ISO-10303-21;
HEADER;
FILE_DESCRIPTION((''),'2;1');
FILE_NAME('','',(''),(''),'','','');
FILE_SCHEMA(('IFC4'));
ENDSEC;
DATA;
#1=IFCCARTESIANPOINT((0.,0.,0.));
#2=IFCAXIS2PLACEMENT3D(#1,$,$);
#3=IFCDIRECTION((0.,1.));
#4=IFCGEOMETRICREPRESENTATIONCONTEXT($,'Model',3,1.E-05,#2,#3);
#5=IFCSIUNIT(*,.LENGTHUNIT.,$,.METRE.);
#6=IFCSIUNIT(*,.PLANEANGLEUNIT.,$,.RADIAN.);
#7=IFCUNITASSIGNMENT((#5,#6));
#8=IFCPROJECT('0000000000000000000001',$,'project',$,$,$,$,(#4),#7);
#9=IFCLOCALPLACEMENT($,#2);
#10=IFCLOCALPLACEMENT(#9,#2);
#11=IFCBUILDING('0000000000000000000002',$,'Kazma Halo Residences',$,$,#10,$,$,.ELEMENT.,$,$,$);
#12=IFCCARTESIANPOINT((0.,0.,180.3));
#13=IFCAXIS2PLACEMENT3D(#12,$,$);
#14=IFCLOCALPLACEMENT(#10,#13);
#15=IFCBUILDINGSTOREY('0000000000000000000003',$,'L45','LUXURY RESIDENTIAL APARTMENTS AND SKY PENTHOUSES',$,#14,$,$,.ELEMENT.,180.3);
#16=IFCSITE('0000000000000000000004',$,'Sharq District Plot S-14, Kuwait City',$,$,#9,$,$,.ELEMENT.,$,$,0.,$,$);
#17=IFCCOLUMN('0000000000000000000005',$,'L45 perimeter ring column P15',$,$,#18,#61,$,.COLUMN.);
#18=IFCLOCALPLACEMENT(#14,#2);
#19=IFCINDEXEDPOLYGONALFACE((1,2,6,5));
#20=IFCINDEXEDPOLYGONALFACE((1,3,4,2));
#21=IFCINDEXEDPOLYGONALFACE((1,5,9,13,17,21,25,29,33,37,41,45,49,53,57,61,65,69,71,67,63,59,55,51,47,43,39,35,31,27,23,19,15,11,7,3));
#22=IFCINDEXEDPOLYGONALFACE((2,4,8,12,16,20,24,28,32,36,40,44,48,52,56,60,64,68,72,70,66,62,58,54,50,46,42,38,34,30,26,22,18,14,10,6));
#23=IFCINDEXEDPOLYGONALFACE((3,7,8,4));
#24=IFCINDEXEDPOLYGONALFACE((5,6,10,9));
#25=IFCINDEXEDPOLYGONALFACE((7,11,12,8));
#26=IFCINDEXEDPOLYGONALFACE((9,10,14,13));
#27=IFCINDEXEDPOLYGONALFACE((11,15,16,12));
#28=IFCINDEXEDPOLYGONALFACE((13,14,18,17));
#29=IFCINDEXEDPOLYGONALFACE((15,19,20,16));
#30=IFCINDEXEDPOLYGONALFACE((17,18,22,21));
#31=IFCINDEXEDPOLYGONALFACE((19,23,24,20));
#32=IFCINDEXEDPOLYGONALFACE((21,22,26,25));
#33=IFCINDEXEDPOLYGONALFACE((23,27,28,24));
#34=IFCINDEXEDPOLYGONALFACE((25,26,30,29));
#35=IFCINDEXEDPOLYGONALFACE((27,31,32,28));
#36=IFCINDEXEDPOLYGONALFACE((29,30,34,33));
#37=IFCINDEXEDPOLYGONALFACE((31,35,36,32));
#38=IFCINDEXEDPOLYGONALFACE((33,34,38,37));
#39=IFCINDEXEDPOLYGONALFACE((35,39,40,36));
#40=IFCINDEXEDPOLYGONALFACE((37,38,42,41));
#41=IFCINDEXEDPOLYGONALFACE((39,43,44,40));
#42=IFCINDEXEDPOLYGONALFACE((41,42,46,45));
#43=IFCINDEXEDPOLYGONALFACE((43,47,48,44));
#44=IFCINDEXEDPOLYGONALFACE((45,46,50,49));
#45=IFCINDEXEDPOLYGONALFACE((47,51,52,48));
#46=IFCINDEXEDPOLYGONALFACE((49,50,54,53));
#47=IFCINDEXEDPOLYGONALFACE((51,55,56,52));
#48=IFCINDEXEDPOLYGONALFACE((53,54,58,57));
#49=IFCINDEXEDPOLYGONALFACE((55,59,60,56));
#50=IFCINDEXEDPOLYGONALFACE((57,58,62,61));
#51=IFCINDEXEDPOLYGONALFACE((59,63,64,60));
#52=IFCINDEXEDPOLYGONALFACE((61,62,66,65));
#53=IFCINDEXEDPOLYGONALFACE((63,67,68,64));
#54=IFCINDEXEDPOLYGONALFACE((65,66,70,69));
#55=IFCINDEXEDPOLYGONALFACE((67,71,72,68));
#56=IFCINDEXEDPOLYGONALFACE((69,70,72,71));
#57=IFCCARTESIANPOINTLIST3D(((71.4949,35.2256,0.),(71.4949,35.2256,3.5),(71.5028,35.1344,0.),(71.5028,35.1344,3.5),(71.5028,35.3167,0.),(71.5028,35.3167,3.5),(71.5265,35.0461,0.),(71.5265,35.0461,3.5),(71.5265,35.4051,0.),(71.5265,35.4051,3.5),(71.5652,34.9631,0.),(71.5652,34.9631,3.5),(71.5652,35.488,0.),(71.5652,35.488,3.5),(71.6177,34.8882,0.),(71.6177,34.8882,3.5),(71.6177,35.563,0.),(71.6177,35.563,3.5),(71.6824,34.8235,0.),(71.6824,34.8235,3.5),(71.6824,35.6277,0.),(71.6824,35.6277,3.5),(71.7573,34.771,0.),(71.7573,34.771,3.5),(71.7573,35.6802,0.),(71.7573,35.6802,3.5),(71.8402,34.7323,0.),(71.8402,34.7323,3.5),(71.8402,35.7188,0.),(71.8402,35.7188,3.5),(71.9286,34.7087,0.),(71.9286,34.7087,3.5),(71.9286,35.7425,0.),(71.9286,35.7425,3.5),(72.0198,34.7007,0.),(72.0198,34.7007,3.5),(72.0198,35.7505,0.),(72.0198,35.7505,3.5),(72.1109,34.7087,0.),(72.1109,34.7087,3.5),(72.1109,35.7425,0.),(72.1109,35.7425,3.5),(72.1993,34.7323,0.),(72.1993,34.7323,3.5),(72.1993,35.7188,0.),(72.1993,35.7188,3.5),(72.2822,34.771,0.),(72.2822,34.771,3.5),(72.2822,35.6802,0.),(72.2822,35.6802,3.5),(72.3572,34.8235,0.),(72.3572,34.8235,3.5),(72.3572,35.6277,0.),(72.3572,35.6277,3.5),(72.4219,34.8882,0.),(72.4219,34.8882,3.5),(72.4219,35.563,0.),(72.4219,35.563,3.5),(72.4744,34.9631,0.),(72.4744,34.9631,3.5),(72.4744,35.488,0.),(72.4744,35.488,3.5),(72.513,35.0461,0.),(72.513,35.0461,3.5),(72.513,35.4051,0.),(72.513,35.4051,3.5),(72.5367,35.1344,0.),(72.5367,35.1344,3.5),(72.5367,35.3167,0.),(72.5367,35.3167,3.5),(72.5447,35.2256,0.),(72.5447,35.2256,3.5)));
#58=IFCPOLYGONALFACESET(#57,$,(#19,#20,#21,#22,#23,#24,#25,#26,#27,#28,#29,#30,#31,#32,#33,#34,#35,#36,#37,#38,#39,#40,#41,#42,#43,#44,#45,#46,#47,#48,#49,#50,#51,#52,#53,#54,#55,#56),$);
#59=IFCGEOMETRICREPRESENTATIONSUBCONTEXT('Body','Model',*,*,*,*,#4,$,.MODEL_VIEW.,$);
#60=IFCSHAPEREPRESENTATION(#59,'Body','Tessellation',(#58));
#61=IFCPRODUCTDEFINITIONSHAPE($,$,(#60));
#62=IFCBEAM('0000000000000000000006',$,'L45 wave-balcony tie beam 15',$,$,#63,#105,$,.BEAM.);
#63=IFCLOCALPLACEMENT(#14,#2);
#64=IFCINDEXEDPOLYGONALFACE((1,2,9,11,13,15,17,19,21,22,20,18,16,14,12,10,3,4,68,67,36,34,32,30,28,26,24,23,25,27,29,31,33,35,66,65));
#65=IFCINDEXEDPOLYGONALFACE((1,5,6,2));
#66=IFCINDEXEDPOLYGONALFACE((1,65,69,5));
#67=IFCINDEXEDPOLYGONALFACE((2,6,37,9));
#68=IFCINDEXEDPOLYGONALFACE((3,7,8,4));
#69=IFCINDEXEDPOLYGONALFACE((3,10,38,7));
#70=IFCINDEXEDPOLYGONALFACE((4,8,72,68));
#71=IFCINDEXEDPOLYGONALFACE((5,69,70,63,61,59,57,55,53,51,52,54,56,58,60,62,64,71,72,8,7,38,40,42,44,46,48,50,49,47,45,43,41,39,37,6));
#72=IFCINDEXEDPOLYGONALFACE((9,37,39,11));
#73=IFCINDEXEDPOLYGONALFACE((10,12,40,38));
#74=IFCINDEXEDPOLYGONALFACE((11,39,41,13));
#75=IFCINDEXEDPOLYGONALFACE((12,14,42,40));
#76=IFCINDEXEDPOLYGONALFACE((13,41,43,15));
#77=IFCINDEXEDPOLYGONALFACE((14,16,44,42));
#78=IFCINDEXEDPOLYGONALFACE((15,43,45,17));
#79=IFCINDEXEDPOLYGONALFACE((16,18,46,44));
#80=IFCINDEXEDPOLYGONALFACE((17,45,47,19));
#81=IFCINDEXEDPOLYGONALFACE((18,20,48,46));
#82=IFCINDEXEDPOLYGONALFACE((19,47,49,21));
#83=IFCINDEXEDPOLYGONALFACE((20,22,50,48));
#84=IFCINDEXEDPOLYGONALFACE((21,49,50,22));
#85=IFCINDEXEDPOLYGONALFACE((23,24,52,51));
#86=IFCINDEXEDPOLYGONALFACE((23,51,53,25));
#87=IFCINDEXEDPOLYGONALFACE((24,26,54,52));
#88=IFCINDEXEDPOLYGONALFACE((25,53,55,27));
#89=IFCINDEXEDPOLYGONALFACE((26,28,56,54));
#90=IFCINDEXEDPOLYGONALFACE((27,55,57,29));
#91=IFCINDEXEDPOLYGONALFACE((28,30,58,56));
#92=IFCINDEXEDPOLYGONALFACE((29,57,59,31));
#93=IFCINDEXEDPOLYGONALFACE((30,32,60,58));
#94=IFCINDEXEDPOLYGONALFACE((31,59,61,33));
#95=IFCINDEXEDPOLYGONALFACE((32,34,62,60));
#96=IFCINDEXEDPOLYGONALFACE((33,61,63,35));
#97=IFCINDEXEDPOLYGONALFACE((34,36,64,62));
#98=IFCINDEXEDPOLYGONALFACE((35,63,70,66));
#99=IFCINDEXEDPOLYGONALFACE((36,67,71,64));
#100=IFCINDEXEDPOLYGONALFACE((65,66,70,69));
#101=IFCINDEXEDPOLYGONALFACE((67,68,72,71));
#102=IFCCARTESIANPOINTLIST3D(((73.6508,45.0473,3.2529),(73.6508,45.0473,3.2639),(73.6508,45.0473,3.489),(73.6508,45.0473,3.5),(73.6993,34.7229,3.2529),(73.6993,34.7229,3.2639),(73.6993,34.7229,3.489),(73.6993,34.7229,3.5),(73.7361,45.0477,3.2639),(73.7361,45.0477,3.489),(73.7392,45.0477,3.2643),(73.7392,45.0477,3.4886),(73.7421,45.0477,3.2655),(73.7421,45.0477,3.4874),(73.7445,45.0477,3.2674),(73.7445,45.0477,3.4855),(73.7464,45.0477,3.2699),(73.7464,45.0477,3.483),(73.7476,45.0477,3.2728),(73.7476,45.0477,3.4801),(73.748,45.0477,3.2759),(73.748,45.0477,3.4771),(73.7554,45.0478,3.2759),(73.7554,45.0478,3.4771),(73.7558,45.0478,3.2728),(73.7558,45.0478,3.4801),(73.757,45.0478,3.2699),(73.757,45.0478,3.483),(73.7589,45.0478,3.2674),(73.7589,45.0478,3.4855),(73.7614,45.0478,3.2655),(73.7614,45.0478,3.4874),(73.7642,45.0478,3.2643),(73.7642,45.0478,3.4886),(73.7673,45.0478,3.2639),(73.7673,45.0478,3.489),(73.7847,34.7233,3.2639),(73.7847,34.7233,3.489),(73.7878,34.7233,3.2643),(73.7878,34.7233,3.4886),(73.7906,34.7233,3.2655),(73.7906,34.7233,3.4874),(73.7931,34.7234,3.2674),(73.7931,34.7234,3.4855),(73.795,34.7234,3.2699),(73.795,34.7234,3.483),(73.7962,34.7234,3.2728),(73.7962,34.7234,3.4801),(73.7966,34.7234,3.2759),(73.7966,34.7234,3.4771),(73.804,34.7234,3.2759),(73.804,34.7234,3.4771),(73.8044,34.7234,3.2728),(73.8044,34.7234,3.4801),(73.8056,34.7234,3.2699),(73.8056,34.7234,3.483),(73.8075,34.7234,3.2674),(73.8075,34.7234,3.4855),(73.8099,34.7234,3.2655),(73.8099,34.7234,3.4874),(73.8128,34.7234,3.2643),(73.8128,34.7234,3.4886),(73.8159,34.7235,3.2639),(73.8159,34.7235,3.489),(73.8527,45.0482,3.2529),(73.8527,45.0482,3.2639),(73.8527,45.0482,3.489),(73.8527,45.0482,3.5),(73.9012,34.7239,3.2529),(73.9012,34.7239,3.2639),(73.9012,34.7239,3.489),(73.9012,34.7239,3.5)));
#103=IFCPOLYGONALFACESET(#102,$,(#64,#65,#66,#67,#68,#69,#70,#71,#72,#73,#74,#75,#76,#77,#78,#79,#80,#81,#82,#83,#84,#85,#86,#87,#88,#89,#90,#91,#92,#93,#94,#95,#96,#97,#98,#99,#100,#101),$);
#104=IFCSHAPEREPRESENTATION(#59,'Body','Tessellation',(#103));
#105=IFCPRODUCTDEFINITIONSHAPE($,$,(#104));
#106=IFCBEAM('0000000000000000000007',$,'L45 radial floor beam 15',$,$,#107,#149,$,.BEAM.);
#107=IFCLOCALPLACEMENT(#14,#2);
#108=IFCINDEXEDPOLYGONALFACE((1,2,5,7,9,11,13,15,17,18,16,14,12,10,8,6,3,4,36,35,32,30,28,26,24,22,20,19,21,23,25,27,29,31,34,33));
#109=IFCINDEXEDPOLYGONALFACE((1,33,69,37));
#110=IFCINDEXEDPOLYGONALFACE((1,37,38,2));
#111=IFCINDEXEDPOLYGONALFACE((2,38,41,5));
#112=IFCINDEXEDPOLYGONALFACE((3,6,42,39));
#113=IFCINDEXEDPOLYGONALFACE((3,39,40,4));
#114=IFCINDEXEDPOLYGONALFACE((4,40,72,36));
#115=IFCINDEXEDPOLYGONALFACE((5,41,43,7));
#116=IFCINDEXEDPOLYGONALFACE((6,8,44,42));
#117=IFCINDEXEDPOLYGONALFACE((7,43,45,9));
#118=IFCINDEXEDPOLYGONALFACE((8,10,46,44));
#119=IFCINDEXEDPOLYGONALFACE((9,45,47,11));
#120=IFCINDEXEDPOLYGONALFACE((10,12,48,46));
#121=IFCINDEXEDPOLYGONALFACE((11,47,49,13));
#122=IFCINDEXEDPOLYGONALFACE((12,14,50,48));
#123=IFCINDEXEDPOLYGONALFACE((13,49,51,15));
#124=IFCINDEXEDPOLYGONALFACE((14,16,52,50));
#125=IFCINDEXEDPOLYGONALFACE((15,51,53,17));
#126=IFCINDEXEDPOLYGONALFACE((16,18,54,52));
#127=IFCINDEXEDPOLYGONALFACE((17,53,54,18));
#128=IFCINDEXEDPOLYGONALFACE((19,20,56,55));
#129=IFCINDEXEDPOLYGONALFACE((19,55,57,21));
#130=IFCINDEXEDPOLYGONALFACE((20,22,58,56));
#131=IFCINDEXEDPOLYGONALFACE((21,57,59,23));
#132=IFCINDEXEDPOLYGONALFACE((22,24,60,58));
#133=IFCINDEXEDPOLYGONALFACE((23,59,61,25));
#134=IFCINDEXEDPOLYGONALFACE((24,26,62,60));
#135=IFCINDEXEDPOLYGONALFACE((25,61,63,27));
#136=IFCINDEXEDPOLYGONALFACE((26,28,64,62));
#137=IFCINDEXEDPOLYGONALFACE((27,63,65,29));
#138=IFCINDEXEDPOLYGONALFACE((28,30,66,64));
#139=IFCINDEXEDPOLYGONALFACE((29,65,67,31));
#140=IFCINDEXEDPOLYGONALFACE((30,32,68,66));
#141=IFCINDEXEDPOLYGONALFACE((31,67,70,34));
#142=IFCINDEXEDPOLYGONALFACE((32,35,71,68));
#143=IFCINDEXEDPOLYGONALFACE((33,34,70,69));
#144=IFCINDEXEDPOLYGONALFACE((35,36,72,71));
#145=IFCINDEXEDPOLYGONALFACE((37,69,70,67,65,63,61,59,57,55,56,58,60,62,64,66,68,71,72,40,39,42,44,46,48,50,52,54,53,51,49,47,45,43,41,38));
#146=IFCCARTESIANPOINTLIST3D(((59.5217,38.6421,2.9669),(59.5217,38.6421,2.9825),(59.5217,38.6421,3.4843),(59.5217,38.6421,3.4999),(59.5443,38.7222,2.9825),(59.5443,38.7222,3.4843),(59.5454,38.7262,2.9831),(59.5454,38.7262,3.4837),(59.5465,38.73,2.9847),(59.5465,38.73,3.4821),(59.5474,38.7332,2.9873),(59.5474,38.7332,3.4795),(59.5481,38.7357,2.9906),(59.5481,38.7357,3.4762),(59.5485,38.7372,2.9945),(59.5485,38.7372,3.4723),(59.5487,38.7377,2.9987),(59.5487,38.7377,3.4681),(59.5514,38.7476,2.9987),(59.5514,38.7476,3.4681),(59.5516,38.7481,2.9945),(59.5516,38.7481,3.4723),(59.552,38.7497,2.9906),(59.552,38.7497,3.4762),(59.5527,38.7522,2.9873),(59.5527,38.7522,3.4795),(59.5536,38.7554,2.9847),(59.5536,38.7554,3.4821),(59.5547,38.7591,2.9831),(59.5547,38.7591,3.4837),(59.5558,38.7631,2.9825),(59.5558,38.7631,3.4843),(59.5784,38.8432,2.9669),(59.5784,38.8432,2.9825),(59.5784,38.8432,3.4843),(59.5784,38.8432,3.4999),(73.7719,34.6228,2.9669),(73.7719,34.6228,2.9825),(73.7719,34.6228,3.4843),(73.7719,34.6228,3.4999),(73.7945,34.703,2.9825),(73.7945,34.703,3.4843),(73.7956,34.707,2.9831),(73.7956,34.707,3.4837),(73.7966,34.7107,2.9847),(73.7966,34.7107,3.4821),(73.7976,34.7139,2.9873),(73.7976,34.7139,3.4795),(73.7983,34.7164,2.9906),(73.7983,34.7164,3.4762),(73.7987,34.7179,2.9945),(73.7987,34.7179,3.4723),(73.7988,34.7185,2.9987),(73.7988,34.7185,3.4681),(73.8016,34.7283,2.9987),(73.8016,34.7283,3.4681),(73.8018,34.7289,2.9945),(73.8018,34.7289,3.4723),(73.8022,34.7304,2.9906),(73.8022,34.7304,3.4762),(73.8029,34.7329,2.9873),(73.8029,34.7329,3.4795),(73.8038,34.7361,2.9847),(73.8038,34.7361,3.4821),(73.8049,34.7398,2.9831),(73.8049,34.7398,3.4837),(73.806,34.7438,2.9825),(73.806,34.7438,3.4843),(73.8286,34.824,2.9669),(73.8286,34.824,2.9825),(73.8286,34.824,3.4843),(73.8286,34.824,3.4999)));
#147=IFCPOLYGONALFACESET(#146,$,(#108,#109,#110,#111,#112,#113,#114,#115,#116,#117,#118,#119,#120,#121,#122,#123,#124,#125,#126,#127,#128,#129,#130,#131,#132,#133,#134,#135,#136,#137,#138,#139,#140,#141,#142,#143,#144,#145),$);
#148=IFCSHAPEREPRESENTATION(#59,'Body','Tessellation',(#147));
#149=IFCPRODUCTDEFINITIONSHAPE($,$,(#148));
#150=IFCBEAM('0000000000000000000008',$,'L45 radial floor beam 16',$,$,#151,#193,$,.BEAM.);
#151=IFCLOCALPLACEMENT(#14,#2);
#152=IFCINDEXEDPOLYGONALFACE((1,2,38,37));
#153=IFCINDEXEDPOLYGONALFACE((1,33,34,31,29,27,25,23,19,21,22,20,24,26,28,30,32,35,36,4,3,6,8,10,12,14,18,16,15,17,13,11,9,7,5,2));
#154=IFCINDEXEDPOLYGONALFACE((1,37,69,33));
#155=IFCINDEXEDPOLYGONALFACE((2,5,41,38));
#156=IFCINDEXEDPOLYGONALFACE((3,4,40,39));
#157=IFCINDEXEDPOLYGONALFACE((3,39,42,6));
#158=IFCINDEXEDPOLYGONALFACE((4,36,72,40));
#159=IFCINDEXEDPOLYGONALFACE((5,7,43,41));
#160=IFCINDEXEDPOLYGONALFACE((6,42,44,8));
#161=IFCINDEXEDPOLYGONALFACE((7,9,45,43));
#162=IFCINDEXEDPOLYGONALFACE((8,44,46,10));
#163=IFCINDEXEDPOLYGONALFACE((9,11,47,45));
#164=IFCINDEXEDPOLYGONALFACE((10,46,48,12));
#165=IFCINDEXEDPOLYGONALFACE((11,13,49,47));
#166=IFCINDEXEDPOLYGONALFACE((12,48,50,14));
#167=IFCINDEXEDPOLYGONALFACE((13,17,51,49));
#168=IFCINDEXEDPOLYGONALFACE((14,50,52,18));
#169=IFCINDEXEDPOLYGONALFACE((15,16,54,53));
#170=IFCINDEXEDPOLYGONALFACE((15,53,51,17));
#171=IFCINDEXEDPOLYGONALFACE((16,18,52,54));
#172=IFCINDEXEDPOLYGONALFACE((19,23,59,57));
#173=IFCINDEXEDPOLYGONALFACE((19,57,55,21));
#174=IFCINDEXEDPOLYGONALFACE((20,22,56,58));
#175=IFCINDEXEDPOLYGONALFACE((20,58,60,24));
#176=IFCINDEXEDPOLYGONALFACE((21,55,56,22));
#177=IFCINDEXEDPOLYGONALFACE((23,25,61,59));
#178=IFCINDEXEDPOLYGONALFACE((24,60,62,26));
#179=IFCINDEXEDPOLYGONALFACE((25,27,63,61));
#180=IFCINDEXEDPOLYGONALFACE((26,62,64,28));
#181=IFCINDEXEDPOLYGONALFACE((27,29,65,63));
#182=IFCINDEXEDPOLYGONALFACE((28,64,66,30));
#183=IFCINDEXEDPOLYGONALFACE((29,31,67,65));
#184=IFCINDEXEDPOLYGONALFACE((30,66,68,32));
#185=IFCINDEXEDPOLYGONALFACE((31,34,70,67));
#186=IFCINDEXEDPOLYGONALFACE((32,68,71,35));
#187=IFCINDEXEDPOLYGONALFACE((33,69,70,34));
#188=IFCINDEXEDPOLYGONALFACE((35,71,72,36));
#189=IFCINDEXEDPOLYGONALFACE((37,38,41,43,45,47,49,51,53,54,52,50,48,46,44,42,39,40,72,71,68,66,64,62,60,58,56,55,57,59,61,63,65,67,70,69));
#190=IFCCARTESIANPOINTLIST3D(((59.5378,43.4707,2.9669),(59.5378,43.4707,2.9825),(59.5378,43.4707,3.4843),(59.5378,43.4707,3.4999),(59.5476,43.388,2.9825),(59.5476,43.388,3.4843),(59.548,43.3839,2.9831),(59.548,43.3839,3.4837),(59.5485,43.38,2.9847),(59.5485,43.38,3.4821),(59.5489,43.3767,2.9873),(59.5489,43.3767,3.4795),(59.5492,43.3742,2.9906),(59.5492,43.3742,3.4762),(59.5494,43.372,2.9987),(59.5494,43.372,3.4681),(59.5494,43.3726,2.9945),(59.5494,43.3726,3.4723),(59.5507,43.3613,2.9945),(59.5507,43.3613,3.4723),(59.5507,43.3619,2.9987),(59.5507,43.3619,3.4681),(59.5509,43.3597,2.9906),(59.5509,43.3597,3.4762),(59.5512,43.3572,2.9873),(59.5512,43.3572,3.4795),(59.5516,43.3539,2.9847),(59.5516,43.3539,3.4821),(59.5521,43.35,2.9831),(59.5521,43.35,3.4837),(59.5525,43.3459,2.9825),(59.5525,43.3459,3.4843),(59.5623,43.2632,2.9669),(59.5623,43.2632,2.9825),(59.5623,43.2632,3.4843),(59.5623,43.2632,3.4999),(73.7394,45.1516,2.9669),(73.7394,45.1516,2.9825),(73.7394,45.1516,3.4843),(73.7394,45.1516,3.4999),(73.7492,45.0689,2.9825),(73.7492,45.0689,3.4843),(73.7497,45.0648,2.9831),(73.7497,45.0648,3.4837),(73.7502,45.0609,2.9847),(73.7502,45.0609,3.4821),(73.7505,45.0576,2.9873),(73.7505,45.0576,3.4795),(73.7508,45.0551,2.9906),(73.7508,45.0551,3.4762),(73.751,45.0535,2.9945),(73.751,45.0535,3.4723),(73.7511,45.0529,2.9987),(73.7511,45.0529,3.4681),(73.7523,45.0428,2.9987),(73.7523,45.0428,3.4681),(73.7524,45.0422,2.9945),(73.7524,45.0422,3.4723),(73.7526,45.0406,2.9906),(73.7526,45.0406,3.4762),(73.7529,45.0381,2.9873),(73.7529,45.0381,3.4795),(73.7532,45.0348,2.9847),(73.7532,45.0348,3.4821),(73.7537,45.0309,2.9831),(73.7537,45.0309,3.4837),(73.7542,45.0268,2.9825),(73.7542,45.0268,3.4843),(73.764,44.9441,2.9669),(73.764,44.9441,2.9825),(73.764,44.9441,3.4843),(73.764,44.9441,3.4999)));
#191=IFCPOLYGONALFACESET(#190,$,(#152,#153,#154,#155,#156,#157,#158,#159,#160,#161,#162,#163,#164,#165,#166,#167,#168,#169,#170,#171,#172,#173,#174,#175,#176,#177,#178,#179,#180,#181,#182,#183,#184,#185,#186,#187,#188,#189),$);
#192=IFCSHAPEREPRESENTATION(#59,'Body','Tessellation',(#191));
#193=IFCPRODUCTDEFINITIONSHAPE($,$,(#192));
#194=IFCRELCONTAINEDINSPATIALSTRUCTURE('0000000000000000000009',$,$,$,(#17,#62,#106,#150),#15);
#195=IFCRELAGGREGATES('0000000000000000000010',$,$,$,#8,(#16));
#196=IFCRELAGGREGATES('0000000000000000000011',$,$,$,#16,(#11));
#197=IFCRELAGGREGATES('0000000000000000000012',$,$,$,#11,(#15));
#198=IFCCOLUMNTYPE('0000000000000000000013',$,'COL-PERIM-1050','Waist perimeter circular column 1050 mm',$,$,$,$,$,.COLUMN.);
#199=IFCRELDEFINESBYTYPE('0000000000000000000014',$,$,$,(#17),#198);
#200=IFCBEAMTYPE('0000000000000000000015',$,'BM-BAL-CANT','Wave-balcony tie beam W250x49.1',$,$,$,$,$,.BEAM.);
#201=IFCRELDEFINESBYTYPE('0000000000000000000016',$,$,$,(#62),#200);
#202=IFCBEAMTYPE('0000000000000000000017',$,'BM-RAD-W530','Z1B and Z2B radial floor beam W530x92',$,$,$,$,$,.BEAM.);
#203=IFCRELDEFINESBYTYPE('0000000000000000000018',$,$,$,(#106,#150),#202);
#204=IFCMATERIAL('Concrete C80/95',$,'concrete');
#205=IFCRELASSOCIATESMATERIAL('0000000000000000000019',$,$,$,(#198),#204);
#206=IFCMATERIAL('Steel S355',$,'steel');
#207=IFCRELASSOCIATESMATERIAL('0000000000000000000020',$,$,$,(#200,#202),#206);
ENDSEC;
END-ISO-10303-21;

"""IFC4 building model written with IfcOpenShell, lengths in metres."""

from ifc_helpers import new_model, si_unit, direction, frame, origin, origin_2d, place, context, subcontext, project, spatial, circle, i_section, extrude, material, material_profile, profile_set, type_object, element, save


model = new_model("IFC4")

# Units and contexts
model_context = context("Model", 3, precision=1e-05, world=origin(), true_north=direction((0.0, 1.0)))
body_context = subcontext(model_context, "Body", "Model", "MODEL_VIEW")
ifc_project = project(units=[si_unit("LENGTHUNIT", "METRE"), si_unit("PLANEANGLEUNIT", "RADIAN")], contexts=[model_context])

# Site, building, storey
site_placement = place(None, origin())
site = spatial("IfcSite", under=ifc_project, at=site_placement, Name="Sharq District Plot S-14, Kuwait City", CompositionType="ELEMENT", RefElevation=0.0)
building_placement = place(site_placement, origin())
building = spatial("IfcBuilding", under=site, at=building_placement, Name="Kazma Halo Residences", CompositionType="ELEMENT")
storey_placement = place(building_placement, frame((0.0, 0.0, 180.3)))
storey = spatial("IfcBuildingStorey", under=building, at=storey_placement, Name="L45", Description="LUXURY RESIDENTIAL APARTMENTS AND SKY PENTHOUSES", CompositionType="ELEMENT", Elevation=180.3)

# Column
ifc_material_1 = material(Name="Concrete C80/95", Category="concrete")
ifc_material_profile_1 = material_profile(ifc_material_1, circle(Radius=0.5249, at=origin_2d()), Name="CIRC1050")
ifc_profile_set_1 = profile_set([ifc_material_profile_1], Name="Concrete C80/95")
column_type = type_object("IfcColumnType", Name="COL-PERIM-1050", Description="Waist perimeter circular column 1050 mm", PredefinedType="COLUMN", material=ifc_profile_set_1)
column_placement = place(storey_placement, frame((72.0198, 35.2256, 0.0), z_axis=(0.0, 0.0, 1.0), x_axis=(1.0, 0.0, 0.0)))
element("IfcColumn", 1, at=column_placement, inside=storey, type_object=column_type, Name="L45 perimeter ring column P15", PredefinedType="COLUMN", context=body_context, shape_type="SweptSolid", body=[
    extrude(circle(Radius=0.5249, at=origin_2d()), origin(), (0.0, 0.0, 1.0), 3.5),
])

# Beams
ifc_material_2 = material(Name="Steel S355", Category="steel")
ifc_material_profile_2 = material_profile(ifc_material_2, i_section(OverallWidth=0.2019, OverallDepth=0.2471, WebThickness=0.0073, FlangeThickness=0.011, FilletRadius=0.012, at=origin_2d()), Name="W250x49.1")
ifc_profile_set_2 = profile_set([ifc_material_profile_2], Name="Steel S355")
beam_type_1 = type_object("IfcBeamType", Name="BM-BAL-CANT", Description="Wave-balcony tie beam W250x49.1", PredefinedType="BEAM", material=ifc_profile_set_2)
beam_1_placement = place(storey_placement, frame((73.8003, 34.7234, 3.3765), z_axis=(-0.004706, 0.999989, 0.0), x_axis=(-0.999989, -0.004706, 0.0)))
element("IfcBeam", 2, at=beam_1_placement, inside=storey, type_object=beam_type_1, Name="L45 wave-balcony tie beam 15", PredefinedType="BEAM", context=body_context, shape_type="SweptSolid", body=[
    extrude(i_section(OverallWidth=0.2019, OverallDepth=0.2471, WebThickness=0.0073, FlangeThickness=0.011, FilletRadius=0.012, at=origin_2d()), origin(), (0.0, 0.0, 1.0), 10.3245),
])
ifc_material_profile_3 = material_profile(ifc_material_2, i_section(OverallWidth=0.209, OverallDepth=0.533, WebThickness=0.0103, FlangeThickness=0.0156, FilletRadius=0.0161, at=origin_2d()), Name="W530x92")
ifc_profile_set_3 = profile_set([ifc_material_profile_3], Name="Steel S355")
beam_type_2 = type_object("IfcBeamType", Name="BM-RAD-W530", Description="Z1B and Z2B radial floor beam W530x92", PredefinedType="BEAM", material=ifc_profile_set_3)
beam_2_placement = place(storey_placement, frame((59.55, 38.7427, 3.2334), z_axis=(0.96245, -0.271459, 0.0), x_axis=(0.271459, 0.96245, 0.0)))
element("IfcBeam", 3, at=beam_2_placement, inside=storey, type_object=beam_type_2, Name="L45 radial floor beam 15", PredefinedType="BEAM", context=body_context, shape_type="SweptSolid", body=[
    extrude(i_section(OverallWidth=0.209, OverallDepth=0.533, WebThickness=0.0103, FlangeThickness=0.0156, FilletRadius=0.0161, at=origin_2d()), origin(), (0.0, 0.0, 1.0), 14.8062),
])
beam_3_placement = place(storey_placement, frame((59.55, 43.3669, 3.2334), z_axis=(0.993068, 0.11754, 0.0), x_axis=(-0.11754, 0.993068, 0.0)))
element("IfcBeam", 4, at=beam_3_placement, inside=storey, type_object=beam_type_2, Name="L45 radial floor beam 16", PredefinedType="BEAM", context=body_context, shape_type="SweptSolid", body=[
    extrude(i_section(OverallWidth=0.209, OverallDepth=0.533, WebThickness=0.0103, FlangeThickness=0.0156, FilletRadius=0.0161, at=origin_2d()), origin(), (0.0, 0.0, 1.0), 14.3008),
])

save(model, "model.ifc")
